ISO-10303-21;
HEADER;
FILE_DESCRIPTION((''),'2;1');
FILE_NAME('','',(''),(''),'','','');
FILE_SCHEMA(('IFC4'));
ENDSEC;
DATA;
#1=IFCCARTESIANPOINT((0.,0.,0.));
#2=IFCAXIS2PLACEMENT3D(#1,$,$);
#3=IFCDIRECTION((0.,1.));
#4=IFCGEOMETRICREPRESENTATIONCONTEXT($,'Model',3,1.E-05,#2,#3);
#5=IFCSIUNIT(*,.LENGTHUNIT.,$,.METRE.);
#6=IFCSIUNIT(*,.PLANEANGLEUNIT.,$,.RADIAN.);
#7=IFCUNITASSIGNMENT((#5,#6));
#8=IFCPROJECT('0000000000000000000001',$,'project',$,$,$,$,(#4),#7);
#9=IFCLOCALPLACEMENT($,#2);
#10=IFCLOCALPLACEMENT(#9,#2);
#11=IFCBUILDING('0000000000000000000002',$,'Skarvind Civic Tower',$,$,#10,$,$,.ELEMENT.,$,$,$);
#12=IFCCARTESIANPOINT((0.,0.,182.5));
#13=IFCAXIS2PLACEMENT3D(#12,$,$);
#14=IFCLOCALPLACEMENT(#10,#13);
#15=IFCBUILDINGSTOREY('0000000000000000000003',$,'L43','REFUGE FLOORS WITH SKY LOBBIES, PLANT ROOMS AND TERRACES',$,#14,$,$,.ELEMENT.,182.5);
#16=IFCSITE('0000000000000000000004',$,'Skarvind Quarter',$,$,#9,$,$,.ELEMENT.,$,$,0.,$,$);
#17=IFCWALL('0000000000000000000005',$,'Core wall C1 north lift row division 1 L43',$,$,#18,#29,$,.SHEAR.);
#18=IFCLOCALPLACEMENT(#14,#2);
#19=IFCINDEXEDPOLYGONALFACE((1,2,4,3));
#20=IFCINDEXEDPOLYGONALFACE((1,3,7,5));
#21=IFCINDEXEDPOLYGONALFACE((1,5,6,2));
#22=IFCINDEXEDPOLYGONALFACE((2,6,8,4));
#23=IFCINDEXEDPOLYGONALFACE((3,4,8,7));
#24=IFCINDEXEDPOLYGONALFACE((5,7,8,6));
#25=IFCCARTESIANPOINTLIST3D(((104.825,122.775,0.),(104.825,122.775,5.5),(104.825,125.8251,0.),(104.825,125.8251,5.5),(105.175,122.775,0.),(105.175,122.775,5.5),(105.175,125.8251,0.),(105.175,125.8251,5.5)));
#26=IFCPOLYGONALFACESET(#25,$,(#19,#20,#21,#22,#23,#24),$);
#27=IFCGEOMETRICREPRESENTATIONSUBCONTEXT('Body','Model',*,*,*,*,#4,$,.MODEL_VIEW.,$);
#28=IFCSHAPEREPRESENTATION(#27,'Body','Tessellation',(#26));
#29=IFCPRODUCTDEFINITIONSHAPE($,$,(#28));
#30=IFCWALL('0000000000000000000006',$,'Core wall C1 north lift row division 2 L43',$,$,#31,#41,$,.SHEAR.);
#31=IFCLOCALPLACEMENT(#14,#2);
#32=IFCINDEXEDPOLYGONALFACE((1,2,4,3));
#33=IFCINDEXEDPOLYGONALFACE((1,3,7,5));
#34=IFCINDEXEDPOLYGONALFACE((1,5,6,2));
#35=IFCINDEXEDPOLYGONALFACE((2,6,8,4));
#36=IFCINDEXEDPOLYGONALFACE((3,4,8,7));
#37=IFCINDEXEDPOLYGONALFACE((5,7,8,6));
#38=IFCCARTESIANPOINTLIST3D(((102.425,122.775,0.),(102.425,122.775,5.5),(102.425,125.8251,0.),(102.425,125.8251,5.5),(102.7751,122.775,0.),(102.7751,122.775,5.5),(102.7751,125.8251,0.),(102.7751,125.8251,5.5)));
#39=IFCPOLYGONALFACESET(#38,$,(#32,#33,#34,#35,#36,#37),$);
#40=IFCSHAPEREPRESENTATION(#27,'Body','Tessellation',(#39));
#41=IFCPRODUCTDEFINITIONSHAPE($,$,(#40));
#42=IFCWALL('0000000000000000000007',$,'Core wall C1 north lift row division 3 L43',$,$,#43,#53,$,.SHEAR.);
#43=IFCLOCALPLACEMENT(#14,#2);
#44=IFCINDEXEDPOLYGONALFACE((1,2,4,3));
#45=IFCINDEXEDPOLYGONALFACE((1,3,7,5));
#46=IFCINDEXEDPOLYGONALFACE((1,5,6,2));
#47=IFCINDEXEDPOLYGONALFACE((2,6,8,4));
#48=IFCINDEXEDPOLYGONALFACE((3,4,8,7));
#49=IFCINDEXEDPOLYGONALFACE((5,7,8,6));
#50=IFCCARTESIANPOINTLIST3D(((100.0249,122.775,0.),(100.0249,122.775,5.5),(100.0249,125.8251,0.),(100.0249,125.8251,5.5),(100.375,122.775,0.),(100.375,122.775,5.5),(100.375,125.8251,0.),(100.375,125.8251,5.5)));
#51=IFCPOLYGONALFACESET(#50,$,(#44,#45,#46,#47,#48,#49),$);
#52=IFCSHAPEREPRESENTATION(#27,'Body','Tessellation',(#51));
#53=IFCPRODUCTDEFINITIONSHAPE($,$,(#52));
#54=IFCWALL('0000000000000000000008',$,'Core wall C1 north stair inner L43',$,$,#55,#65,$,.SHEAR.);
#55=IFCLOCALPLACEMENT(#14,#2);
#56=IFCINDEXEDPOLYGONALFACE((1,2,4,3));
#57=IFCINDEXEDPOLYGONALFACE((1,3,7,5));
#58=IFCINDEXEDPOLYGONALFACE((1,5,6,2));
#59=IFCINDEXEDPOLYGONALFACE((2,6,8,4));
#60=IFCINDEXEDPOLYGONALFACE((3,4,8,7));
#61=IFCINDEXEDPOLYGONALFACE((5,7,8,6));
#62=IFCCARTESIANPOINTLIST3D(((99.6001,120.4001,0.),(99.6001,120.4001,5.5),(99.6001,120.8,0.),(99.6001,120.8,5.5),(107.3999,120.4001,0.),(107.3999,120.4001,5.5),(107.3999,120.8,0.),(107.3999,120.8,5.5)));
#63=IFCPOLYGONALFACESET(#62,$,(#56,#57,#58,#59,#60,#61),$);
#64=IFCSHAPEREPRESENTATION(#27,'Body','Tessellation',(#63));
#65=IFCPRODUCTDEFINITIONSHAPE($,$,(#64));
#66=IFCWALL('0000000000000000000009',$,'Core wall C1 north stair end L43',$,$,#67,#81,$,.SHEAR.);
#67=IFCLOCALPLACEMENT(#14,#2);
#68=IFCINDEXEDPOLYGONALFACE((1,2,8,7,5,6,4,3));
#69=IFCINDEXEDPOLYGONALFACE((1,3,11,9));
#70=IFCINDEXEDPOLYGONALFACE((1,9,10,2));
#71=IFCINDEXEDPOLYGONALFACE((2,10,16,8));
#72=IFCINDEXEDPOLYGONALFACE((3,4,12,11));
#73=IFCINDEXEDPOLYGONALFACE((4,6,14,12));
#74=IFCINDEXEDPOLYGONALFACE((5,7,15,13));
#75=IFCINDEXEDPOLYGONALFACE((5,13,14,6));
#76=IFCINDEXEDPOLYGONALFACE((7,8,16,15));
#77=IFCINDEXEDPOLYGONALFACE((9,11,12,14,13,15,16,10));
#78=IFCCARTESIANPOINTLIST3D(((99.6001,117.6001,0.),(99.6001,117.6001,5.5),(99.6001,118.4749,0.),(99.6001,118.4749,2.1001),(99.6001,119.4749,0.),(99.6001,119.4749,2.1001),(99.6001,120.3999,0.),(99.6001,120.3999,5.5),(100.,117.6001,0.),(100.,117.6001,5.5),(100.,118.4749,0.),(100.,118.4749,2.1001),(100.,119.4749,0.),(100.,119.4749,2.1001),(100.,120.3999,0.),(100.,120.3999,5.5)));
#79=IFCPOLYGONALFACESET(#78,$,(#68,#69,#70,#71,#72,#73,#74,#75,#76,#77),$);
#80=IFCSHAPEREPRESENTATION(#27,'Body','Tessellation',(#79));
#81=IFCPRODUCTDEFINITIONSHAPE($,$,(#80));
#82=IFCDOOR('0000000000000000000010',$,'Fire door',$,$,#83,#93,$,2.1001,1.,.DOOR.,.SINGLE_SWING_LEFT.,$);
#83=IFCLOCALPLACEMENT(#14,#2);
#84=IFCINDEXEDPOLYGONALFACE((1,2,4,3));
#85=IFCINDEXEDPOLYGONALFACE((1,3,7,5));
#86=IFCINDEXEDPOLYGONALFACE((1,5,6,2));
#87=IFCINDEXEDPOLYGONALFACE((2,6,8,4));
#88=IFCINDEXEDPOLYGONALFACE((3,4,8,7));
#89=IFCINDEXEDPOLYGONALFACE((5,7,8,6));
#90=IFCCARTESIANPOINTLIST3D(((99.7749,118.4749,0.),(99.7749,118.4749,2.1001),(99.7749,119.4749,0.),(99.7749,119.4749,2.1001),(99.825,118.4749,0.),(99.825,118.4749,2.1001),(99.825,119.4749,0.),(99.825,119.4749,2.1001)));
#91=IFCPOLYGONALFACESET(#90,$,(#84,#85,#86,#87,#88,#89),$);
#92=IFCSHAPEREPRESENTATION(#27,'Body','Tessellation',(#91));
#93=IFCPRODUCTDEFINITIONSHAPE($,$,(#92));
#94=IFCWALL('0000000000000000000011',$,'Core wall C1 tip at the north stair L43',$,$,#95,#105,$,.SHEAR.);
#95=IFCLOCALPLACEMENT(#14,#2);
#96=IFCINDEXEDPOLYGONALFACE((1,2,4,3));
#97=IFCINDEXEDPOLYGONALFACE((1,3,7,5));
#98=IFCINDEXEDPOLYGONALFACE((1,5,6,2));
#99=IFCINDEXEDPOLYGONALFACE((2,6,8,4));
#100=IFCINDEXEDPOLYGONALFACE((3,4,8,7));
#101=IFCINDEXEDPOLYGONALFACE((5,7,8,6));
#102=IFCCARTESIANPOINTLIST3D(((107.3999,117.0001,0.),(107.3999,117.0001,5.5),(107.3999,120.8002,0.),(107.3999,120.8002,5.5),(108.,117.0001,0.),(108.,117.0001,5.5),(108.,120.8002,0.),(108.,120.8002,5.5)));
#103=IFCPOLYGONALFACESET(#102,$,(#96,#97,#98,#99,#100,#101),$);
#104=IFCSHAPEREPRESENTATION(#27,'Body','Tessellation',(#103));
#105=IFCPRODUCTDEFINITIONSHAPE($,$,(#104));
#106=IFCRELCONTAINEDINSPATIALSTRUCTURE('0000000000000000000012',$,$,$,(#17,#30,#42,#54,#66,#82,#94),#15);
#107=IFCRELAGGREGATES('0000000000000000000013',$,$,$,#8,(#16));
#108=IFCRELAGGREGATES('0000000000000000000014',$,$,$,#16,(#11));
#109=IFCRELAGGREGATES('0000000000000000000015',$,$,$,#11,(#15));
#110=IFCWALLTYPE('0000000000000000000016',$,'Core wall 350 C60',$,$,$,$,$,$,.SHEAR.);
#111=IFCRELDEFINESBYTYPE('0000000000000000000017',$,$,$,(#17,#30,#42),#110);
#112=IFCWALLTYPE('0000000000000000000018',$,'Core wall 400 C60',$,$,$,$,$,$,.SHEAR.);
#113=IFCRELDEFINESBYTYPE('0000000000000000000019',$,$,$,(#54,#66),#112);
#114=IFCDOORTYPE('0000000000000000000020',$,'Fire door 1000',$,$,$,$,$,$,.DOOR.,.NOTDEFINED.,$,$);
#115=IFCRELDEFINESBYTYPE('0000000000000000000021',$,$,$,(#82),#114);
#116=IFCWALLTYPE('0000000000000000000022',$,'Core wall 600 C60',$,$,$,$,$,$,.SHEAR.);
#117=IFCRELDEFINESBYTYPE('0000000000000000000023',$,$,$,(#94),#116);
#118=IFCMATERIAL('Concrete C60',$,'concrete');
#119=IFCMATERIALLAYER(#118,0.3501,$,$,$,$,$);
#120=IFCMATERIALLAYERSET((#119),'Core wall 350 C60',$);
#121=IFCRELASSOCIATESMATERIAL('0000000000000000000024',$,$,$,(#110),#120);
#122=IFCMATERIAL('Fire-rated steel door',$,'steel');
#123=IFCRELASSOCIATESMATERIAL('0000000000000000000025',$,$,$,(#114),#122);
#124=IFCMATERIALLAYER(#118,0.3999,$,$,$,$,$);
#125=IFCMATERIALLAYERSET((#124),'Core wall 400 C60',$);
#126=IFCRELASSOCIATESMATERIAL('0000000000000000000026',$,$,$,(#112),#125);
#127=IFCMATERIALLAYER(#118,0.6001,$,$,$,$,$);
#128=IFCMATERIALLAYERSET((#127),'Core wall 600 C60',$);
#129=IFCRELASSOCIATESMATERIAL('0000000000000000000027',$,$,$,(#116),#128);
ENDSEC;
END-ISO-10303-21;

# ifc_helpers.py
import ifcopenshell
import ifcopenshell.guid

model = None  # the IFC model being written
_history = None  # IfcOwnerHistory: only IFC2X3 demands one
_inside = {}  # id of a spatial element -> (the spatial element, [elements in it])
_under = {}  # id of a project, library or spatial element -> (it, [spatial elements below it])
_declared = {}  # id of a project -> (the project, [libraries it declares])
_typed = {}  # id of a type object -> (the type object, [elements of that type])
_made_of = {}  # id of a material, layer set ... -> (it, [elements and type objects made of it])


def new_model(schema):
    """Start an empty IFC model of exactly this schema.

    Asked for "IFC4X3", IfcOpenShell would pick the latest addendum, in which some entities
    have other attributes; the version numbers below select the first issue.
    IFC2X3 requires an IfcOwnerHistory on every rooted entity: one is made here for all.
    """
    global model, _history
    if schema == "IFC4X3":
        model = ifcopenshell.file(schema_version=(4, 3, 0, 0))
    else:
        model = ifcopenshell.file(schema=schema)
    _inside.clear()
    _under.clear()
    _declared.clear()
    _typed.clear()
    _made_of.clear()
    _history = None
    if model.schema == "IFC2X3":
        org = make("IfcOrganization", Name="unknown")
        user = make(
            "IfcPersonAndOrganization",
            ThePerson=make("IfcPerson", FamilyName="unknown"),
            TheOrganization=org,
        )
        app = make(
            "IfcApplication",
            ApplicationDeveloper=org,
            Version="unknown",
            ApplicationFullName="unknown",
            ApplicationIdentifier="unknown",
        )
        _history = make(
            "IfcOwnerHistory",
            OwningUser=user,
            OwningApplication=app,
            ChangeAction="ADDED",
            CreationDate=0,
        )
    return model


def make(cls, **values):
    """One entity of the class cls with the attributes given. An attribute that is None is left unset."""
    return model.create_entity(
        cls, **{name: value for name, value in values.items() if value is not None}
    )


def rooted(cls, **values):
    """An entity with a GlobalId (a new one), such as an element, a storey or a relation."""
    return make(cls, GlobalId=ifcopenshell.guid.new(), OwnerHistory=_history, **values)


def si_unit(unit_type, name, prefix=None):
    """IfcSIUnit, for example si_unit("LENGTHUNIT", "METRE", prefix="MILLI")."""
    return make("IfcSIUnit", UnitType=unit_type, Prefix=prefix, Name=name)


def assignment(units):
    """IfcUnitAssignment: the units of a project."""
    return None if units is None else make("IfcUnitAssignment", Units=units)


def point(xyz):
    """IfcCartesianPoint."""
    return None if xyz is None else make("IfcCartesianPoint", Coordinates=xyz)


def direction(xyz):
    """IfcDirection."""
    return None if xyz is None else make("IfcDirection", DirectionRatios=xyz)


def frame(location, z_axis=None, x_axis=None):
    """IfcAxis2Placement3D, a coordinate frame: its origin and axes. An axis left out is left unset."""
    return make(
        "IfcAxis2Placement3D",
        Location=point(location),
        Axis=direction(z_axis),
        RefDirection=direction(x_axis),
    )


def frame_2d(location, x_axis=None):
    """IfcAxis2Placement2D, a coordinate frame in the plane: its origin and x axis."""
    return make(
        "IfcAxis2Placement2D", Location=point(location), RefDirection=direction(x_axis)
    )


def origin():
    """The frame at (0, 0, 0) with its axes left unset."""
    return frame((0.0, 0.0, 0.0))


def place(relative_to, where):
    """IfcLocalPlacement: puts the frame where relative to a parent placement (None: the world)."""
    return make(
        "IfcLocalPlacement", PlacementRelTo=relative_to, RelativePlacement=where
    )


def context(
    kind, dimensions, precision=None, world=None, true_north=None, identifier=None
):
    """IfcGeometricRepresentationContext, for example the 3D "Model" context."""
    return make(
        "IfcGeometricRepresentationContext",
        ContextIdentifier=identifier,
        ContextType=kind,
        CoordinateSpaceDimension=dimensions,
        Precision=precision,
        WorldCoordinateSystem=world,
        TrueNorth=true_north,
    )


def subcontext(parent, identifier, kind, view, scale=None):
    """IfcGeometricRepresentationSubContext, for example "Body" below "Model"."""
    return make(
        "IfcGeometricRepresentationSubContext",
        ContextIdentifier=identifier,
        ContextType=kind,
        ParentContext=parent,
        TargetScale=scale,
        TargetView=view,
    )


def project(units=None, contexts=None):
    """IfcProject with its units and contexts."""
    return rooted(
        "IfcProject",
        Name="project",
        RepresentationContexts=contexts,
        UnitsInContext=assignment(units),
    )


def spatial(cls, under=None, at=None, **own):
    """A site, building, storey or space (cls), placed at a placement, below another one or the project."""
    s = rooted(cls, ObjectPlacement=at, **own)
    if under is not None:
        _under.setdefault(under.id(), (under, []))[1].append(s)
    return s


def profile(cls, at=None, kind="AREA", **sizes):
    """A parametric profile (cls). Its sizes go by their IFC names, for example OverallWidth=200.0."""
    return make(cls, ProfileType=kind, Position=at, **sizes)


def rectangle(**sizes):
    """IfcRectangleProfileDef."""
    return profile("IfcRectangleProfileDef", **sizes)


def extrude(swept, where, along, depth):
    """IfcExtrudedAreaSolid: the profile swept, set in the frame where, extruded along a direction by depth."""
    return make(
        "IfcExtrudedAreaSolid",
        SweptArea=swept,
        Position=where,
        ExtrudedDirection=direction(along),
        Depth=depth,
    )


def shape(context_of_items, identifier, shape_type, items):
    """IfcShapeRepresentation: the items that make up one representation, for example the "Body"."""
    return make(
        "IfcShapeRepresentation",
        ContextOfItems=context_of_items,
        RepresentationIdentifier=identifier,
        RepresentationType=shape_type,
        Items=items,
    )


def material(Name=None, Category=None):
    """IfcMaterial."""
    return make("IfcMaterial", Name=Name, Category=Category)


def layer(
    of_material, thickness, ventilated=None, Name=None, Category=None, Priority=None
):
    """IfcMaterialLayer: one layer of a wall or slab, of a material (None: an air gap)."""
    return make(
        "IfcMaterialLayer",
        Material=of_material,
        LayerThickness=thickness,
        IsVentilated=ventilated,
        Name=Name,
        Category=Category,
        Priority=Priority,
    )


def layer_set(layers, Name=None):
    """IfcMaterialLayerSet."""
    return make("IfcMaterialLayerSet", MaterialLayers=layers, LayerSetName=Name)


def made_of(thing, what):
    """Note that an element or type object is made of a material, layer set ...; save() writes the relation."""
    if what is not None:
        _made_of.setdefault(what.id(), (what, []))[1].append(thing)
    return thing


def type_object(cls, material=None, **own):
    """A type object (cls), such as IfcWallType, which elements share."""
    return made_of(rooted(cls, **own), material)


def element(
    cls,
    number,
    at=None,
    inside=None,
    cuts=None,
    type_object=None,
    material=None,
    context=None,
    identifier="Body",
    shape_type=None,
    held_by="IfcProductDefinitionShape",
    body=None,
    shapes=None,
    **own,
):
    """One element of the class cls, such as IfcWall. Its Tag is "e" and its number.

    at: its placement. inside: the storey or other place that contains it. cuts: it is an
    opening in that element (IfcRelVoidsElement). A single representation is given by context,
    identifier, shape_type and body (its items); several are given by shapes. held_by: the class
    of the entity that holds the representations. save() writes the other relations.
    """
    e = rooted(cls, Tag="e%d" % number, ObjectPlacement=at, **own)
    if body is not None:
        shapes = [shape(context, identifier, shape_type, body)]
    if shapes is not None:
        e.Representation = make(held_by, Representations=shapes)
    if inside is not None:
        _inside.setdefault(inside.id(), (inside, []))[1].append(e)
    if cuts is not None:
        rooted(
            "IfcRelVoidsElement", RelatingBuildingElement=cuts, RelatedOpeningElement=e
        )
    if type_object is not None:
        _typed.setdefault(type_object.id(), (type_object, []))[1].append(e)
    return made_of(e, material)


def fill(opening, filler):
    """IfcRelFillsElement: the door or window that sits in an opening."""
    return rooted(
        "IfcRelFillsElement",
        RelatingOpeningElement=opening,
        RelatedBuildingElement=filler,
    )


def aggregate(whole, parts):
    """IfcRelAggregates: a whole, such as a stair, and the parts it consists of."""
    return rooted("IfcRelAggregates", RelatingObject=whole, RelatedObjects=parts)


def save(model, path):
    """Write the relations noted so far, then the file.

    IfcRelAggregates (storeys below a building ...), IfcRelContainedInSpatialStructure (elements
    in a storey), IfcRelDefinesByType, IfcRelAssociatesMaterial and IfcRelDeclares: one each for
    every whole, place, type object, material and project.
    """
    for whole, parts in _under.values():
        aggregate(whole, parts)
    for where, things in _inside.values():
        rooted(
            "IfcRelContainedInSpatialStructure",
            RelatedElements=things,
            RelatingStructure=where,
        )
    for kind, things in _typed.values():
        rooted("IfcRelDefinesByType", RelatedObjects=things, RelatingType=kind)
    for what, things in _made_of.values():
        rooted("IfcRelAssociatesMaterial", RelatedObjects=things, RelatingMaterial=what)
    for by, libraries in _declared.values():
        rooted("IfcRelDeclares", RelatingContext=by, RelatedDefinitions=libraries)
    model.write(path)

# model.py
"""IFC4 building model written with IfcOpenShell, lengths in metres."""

from ifc_helpers import new_model, si_unit, direction, frame, frame_2d, origin, place, context, subcontext, project, spatial, rectangle, extrude, material, layer, layer_set, type_object, element, fill, save


model = new_model("IFC4")

# Units and contexts
model_context = context("Model", 3, precision=1e-05, world=origin(), true_north=direction((0.0, 1.0)))
body_context = subcontext(model_context, "Body", "Model", "MODEL_VIEW")
ifc_project = project(units=[si_unit("LENGTHUNIT", "METRE"), si_unit("PLANEANGLEUNIT", "RADIAN")], contexts=[model_context])

# Site, building, storey
site_placement = place(None, origin())
site = spatial("IfcSite", under=ifc_project, at=site_placement, Name="Skarvind Quarter", CompositionType="ELEMENT", RefElevation=0.0)
building_placement = place(site_placement, origin())
building = spatial("IfcBuilding", under=site, at=building_placement, Name="Skarvind Civic Tower", CompositionType="ELEMENT")
storey_placement = place(building_placement, frame((0.0, 0.0, 182.5)))
storey = spatial("IfcBuildingStorey", under=building, at=storey_placement, Name="L43", Description="REFUGE FLOORS WITH SKY LOBBIES, PLANT ROOMS AND TERRACES", CompositionType="ELEMENT", Elevation=182.5)

# Shared definitions
ifc_material_1 = material(Name="Concrete C60", Category="concrete")
ifc_layer_1 = layer(ifc_material_1, 0.3501)
ifc_layer_set_1 = layer_set([ifc_layer_1], Name="Core wall 350 C60")
wall_type_1 = type_object("IfcWallType", Name="Core wall 350 C60", PredefinedType="SHEAR", material=ifc_layer_set_1)
ifc_material_2 = material(Name="Fire-rated steel door", Category="steel")
door_type_1 = type_object("IfcDoorType", Name="Fire door 1000", OperationType="NOTDEFINED", PredefinedType="DOOR", material=ifc_material_2)

# Walls
for number, where, z_axis, x_axis, name in (
    (1, (105.0, 125.825, 0.0), (0.0, 0.0, 1.0), (0.0, -1.0, 0.0), "Core wall C1 north lift row division 1 L43"),
    (2, (102.6001, 125.825, 0.0), (0.0, 0.0, 1.0), (0.0, -1.0, 0.0), "Core wall C1 north lift row division 2 L43"),
    (3, (100.2, 125.825, 0.0), (0.0, 0.0, 1.0), (0.0, -1.0, 0.0), "Core wall C1 north lift row division 3 L43"),
):
    element("IfcWall", number, at=place(storey_placement, frame(where, z_axis=z_axis, x_axis=x_axis)), inside=storey, type_object=wall_type_1, Name=name, PredefinedType="SHEAR", context=body_context, shape_type="SweptSolid", body=[
        extrude(rectangle(XDim=3.05, YDim=0.3501, at=frame_2d((1.5249, 0.0))), origin(), (0.0, 0.0, 1.0), 5.5),
    ])
ifc_layer_2 = layer(ifc_material_1, 0.3999)
ifc_layer_set_2 = layer_set([ifc_layer_2], Name="Core wall 400 C60")
wall_type_2 = type_object("IfcWallType", Name="Core wall 400 C60", PredefinedType="SHEAR", material=ifc_layer_set_2)
wall_1_placement = place(storey_placement, frame((107.3999, 120.6001, 0.0), z_axis=(0.0, 0.0, 1.0), x_axis=(-1.0, 0.0, 0.0)))
element("IfcWall", 4, at=wall_1_placement, inside=storey, type_object=wall_type_2, Name="Core wall C1 north stair inner L43", PredefinedType="SHEAR", context=body_context, shape_type="SweptSolid", body=[
    extrude(rectangle(XDim=7.7998, YDim=0.3999, at=frame_2d((3.8999, 0.0))), origin(), (0.0, 0.0, 1.0), 5.5),
])

# Wall, opening, door
wall_2_placement = place(storey_placement, frame((99.8, 120.3999, 0.0), z_axis=(0.0, 0.0, 1.0), x_axis=(0.0, -1.0, 0.0)))
wall_2 = element("IfcWall", 5, at=wall_2_placement, inside=storey, type_object=wall_type_2, Name="Core wall C1 north stair end L43", PredefinedType="SHEAR", context=body_context, shape_type="SweptSolid", body=[
    extrude(rectangle(XDim=2.7998, YDim=0.3999, at=frame_2d((1.3999, 0.0))), origin(), (0.0, 0.0, 1.0), 5.5),
])
opening_1_placement = place(wall_2_placement, frame((0.925, 0.0, 0.0)))
opening_1 = element("IfcOpeningElement", 6, at=opening_1_placement, cuts=wall_2, PredefinedType="OPENING", context=body_context, shape_type="SweptSolid", body=[
    extrude(rectangle(XDim=1.0, YDim=2.1001, at=frame_2d((0.5, 1.05))), frame((0.0, 0.21, 0.0), z_axis=(0.0, -1.0, 0.0), x_axis=(1.0, 0.0, 0.0)), (0.0, 0.0, 1.0), 0.4199),
])
door_1_placement = place(opening_1_placement, origin())
door_1 = element("IfcDoor", 7, at=door_1_placement, inside=storey, type_object=door_type_1, Name="Fire door", OperationType="SINGLE_SWING_LEFT", OverallHeight=2.1001, OverallWidth=1.0, PredefinedType="DOOR", context=body_context, shape_type="SweptSolid", body=[
    extrude(rectangle(XDim=1.0, YDim=2.1001, at=frame_2d((0.5, 1.05))), frame((0.0, 0.0249, 0.0), z_axis=(0.0, -1.0, 0.0), x_axis=(1.0, 0.0, 0.0)), (0.0, 0.0, 1.0), 0.05),
])
fill(opening_1, door_1)

# Wall
ifc_layer_3 = layer(ifc_material_1, 0.6001)
ifc_layer_set_3 = layer_set([ifc_layer_3], Name="Core wall 600 C60")
wall_type_3 = type_object("IfcWallType", Name="Core wall 600 C60", PredefinedType="SHEAR", material=ifc_layer_set_3)
wall_3_placement = place(storey_placement, frame((107.7, 120.8, 0.0), z_axis=(0.0, 0.0, 1.0), x_axis=(0.0, -1.0, 0.0)))
element("IfcWall", 8, at=wall_3_placement, inside=storey, type_object=wall_type_3, Name="Core wall C1 tip at the north stair L43", PredefinedType="SHEAR", context=body_context, shape_type="SweptSolid", body=[
    extrude(rectangle(XDim=3.8, YDim=0.6001, at=frame_2d((1.8999, 0.0))), origin(), (0.0, 0.0, 1.0), 5.5),
])

save(model, "model.ifc")
